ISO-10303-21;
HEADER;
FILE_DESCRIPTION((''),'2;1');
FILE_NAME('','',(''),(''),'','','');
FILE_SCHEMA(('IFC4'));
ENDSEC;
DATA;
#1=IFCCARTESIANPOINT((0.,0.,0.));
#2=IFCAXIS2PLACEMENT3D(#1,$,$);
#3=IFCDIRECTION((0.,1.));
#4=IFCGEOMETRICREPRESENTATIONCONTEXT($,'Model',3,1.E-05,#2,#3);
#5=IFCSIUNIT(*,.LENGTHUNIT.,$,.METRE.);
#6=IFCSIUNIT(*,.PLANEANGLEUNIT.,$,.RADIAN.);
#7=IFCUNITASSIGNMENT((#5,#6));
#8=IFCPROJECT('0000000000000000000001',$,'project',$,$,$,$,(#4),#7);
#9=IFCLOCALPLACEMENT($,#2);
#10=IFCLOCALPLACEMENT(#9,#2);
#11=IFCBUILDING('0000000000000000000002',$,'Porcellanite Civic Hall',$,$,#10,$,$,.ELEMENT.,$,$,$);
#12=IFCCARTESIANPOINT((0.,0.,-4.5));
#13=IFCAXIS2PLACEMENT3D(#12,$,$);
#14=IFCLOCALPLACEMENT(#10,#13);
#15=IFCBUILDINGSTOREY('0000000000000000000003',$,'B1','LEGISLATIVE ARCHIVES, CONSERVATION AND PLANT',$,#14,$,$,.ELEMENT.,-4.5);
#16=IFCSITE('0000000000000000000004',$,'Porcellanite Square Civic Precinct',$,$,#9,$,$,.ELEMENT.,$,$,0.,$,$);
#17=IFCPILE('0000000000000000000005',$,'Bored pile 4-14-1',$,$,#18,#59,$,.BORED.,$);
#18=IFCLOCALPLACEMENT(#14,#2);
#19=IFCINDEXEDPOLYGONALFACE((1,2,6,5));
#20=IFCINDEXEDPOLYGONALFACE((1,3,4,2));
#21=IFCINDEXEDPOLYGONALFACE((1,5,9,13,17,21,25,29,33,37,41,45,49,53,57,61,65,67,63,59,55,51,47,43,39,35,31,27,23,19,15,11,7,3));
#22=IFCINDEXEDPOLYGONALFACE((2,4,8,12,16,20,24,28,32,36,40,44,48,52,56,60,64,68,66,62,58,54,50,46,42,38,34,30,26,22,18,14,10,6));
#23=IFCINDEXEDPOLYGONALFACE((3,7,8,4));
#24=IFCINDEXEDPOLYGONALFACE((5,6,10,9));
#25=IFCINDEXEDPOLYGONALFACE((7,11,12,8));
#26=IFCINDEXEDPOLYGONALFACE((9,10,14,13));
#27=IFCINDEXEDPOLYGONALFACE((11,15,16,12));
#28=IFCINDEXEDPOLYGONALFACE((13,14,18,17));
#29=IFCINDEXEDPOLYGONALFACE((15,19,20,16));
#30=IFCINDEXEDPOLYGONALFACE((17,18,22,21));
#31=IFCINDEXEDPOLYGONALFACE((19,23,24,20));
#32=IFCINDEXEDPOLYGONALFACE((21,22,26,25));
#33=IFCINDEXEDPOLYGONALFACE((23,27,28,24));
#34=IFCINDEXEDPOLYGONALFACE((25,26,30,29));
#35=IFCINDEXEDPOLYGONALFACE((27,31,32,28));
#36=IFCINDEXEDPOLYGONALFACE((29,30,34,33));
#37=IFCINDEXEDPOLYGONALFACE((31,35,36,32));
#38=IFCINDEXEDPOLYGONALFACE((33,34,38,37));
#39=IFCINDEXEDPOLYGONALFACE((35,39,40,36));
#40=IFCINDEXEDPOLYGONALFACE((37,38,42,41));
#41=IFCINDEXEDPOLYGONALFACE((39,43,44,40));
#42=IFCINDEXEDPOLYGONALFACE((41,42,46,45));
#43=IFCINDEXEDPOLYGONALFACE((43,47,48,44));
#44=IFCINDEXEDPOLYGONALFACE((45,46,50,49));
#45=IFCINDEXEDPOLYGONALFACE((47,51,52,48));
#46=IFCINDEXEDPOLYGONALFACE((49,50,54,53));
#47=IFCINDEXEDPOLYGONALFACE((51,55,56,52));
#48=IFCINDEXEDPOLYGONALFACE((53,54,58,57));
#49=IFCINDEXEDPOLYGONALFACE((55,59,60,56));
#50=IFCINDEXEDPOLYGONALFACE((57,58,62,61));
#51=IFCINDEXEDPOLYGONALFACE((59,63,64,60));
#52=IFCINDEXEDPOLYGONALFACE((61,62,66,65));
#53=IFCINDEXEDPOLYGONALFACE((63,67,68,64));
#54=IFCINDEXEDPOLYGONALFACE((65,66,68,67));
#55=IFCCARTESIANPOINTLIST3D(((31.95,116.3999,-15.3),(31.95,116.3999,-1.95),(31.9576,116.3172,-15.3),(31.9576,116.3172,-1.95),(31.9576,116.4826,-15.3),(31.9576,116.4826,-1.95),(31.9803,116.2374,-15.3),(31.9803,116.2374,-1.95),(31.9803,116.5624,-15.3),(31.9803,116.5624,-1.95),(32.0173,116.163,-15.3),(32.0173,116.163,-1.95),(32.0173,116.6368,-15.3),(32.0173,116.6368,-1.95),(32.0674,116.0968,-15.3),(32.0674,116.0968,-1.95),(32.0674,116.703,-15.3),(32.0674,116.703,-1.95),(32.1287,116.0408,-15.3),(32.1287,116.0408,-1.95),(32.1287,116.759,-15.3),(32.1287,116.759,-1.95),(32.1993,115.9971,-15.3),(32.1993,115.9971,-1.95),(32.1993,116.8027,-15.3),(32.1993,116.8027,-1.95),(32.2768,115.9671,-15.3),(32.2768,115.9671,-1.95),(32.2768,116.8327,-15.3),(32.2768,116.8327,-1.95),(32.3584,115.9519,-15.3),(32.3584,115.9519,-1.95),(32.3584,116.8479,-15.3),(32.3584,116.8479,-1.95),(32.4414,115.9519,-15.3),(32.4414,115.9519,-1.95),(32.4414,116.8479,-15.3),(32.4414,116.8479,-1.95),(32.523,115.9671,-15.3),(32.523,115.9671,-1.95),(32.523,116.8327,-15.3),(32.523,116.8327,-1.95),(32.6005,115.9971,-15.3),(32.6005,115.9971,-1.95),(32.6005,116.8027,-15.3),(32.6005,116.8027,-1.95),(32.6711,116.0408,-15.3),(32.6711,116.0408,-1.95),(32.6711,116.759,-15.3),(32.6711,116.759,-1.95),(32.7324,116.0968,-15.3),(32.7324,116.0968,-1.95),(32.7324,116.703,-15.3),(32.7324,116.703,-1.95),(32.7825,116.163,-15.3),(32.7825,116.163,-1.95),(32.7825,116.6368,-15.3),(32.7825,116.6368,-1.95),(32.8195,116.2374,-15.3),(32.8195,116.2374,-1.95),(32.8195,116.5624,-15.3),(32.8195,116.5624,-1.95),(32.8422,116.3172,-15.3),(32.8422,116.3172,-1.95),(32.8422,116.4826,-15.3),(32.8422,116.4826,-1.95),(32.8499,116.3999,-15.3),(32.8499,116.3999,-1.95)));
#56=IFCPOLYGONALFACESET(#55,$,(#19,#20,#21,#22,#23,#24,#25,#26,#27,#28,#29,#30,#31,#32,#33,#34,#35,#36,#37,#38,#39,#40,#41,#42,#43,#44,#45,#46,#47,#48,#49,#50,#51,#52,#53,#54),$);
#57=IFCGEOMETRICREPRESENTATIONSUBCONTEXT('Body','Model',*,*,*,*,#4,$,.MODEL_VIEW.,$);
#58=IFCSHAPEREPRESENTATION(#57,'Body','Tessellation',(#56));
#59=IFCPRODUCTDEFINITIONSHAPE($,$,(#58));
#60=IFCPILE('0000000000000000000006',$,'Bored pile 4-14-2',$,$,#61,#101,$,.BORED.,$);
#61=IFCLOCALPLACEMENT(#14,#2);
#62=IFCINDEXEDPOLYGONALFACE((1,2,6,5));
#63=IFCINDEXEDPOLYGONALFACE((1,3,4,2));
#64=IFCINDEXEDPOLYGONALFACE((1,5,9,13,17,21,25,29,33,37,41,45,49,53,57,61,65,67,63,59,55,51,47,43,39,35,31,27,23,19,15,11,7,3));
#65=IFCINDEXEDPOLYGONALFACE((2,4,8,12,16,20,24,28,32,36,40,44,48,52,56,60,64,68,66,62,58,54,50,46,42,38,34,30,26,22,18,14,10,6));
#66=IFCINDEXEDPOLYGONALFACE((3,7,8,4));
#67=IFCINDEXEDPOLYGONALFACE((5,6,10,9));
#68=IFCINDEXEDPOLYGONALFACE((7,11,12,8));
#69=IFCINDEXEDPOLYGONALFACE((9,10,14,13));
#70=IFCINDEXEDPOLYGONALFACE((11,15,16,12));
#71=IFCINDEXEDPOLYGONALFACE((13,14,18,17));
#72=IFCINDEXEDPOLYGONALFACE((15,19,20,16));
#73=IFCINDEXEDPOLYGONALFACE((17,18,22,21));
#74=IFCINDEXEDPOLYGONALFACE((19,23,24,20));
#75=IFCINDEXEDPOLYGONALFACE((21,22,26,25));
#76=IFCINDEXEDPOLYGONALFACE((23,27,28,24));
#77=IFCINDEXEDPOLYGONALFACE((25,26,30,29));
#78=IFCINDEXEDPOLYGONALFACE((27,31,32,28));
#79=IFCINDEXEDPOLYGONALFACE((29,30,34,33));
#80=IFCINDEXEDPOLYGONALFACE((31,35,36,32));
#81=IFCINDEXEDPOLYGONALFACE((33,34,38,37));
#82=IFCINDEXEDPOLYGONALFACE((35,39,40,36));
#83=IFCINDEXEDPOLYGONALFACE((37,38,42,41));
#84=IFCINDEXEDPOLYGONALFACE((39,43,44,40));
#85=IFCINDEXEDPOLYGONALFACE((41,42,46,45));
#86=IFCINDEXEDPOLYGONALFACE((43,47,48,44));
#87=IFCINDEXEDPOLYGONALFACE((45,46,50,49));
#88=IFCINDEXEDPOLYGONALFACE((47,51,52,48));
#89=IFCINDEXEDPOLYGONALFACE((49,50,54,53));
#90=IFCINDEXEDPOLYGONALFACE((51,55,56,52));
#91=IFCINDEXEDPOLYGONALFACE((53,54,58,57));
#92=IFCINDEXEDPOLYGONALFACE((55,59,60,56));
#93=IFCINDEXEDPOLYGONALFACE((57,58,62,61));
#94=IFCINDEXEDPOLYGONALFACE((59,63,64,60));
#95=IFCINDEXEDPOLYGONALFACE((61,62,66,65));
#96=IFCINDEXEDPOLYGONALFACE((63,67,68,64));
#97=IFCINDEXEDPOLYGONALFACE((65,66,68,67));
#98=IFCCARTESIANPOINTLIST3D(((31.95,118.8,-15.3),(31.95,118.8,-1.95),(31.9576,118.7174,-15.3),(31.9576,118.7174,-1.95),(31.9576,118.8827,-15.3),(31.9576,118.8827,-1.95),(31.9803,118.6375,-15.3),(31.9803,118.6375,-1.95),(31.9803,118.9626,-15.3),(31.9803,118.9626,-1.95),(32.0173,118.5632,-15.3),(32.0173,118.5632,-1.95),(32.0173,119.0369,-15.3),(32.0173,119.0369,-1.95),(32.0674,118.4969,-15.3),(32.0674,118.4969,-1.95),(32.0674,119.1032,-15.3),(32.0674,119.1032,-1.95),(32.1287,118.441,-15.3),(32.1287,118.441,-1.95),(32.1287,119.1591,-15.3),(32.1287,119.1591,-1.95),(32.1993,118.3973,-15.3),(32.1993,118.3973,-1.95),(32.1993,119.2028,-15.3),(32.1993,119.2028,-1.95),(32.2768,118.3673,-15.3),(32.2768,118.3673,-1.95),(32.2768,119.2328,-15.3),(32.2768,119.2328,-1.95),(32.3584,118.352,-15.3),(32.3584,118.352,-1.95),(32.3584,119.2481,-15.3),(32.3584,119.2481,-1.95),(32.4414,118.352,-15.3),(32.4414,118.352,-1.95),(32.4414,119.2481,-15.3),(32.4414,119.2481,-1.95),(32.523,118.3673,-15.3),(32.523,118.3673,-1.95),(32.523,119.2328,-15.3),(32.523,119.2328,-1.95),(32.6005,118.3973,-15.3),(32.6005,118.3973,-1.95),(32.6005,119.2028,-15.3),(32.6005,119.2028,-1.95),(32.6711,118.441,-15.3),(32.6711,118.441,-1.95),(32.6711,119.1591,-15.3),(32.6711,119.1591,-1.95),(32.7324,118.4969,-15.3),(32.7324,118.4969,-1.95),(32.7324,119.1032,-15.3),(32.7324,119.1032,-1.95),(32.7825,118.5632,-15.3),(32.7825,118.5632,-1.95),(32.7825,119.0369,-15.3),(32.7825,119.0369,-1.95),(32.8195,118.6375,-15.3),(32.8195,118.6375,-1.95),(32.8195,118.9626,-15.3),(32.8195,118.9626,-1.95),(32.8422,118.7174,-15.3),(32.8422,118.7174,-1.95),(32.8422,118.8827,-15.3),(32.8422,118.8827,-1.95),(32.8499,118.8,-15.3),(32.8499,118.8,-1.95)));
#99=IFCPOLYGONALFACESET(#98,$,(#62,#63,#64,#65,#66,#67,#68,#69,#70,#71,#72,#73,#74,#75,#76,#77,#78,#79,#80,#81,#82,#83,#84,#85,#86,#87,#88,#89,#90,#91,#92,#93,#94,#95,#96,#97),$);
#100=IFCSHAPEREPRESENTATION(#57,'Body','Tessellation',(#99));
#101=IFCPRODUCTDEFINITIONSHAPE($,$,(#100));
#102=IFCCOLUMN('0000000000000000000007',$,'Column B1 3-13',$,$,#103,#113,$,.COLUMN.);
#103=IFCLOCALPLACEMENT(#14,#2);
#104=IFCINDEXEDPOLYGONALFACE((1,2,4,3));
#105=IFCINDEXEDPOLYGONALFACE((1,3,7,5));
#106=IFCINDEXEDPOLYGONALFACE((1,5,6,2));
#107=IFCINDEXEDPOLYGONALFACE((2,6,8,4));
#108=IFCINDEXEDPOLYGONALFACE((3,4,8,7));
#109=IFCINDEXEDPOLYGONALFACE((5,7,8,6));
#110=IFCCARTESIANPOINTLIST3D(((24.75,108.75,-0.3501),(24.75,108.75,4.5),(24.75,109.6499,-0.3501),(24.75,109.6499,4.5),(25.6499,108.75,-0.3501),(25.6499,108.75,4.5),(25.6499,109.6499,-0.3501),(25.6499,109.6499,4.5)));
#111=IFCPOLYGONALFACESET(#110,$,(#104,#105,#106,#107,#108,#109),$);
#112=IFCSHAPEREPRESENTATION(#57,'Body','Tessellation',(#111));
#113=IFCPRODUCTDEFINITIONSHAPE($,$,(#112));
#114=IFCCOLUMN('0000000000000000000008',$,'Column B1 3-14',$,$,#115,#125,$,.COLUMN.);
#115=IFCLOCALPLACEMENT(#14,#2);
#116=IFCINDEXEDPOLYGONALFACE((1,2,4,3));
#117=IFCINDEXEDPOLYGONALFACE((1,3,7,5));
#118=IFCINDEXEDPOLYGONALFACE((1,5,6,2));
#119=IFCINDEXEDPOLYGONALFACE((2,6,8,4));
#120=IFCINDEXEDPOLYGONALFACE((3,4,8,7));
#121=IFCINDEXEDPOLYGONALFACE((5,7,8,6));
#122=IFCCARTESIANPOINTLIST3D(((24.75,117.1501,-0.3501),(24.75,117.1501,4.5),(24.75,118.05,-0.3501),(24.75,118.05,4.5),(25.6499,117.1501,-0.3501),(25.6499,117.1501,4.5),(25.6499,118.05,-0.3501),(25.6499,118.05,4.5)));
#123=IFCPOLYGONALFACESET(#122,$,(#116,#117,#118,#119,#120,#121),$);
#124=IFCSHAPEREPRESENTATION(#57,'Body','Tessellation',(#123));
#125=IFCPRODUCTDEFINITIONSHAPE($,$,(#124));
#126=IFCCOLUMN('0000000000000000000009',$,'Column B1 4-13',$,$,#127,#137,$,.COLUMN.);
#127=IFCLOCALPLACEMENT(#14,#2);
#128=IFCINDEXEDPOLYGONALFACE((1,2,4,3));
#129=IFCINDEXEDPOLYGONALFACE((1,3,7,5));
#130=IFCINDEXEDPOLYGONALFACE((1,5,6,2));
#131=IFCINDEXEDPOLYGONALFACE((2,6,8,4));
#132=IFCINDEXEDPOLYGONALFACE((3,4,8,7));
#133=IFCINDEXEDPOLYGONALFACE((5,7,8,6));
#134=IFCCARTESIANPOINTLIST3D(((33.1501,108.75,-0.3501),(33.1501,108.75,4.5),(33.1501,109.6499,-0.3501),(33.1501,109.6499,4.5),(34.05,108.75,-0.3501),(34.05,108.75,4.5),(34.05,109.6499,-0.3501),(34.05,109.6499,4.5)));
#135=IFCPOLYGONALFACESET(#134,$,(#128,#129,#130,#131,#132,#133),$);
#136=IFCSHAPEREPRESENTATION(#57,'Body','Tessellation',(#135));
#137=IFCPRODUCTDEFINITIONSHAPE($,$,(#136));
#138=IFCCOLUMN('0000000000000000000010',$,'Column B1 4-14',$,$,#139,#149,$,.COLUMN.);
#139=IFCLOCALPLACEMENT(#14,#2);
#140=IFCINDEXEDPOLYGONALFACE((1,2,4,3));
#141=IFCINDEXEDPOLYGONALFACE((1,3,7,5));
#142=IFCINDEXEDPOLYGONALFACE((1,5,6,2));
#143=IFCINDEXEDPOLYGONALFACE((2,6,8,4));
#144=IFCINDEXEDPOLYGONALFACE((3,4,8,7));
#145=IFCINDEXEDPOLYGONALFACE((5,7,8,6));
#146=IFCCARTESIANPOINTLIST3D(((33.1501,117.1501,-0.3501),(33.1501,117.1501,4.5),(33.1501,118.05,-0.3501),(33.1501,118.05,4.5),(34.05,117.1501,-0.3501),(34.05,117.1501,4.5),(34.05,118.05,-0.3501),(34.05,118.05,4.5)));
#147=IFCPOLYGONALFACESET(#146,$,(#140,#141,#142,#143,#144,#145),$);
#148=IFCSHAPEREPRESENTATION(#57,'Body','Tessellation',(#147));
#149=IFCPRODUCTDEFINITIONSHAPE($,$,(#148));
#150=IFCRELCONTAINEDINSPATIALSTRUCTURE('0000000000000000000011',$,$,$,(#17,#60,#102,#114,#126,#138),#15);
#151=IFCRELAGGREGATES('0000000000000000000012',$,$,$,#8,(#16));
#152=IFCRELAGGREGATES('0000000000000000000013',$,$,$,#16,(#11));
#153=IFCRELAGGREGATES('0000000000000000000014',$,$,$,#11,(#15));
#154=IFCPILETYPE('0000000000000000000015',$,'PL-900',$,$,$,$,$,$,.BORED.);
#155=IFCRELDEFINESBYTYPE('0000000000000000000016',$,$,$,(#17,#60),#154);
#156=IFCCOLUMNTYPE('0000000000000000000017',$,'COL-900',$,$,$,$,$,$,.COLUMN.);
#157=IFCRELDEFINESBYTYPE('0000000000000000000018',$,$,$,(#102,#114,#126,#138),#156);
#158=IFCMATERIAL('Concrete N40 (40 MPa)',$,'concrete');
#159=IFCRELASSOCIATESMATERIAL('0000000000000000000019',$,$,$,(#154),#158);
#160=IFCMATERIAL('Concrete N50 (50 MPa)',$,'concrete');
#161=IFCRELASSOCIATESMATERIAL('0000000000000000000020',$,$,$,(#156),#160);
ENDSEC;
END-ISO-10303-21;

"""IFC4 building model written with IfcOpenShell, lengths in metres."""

from ifc_helpers import new_model, si_unit, direction, frame, origin, origin_2d, place, context, subcontext, project, spatial, rectangle, circle, extrude, material, material_profile, profile_set, type_object, element, save


model = new_model("IFC4")

# Units and contexts
model_context = context("Model", 3, precision=1e-05, world=origin(), true_north=direction((0.0, 1.0)))
body_context = subcontext(model_context, "Body", "Model", "MODEL_VIEW")
ifc_project = project(units=[si_unit("LENGTHUNIT", "METRE"), si_unit("PLANEANGLEUNIT", "RADIAN")], contexts=[model_context])

# Site, building, storey
site_placement = place(None, origin())
site = spatial("IfcSite", under=ifc_project, at=site_placement, Name="Porcellanite Square Civic Precinct", CompositionType="ELEMENT", RefElevation=0.0)
building_placement = place(site_placement, origin())
building = spatial("IfcBuilding", under=site, at=building_placement, Name="Porcellanite Civic Hall", CompositionType="ELEMENT")
storey_placement = place(building_placement, frame((0.0, 0.0, -4.5)))
storey = spatial("IfcBuildingStorey", under=building, at=storey_placement, Name="B1", Description="LEGISLATIVE ARCHIVES, CONSERVATION AND PLANT", CompositionType="ELEMENT", Elevation=-4.5)

# Piles
ifc_material_1 = material(Name="Concrete N40 (40 MPa)", Category="concrete")
ifc_material_profile_1 = material_profile(ifc_material_1, circle(Radius=0.45, at=origin_2d()), Name="PILE-D900")
ifc_profile_set_1 = profile_set([ifc_material_profile_1], Name="Concrete N40 (40 MPa)")
pile_type = type_object("IfcPileType", Name="PL-900", PredefinedType="BORED", material=ifc_profile_set_1)
for number, where, z_axis, x_axis, name in (
    (1, (32.3999, 116.3999, -1.95), (0.0, 0.0, -1.0), (1.0, 0.0, 0.0), "Bored pile 4-14-1"),
    (2, (32.3999, 118.8, -1.95), (0.0, 0.0, -1.0), (1.0, 0.0, 0.0), "Bored pile 4-14-2"),
):
    element("IfcPile", number, at=place(storey_placement, frame(where, z_axis=z_axis, x_axis=x_axis)), inside=storey, type_object=pile_type, Name=name, PredefinedType="BORED", context=body_context, shape_type="SweptSolid", body=[
        extrude(circle(Radius=0.45, at=origin_2d()), origin(), (0.0, 0.0, 1.0), 13.3501),
    ])

# Columns
ifc_material_2 = material(Name="Concrete N50 (50 MPa)", Category="concrete")
ifc_material_profile_2 = material_profile(ifc_material_2, rectangle(XDim=0.8999, YDim=0.8999, at=origin_2d()), Name="RC-900x900")
ifc_profile_set_2 = profile_set([ifc_material_profile_2], Name="Concrete N50 (50 MPa)")
column_type = type_object("IfcColumnType", Name="COL-900", PredefinedType="COLUMN", material=ifc_profile_set_2)
for number, where, z_axis, x_axis, name in (
    (3, (25.2, 109.2, -0.3501), (0.0, 0.0, 1.0), (1.0, 0.0, 0.0), "Column B1 3-13"),
    (4, (25.2, 117.6001, -0.3501), (0.0, 0.0, 1.0), (1.0, 0.0, 0.0), "Column B1 3-14"),
    (5, (33.6001, 109.2, -0.3501), (0.0, 0.0, 1.0), (1.0, 0.0, 0.0), "Column B1 4-13"),
    (6, (33.6001, 117.6001, -0.3501), (0.0, 0.0, 1.0), (1.0, 0.0, 0.0), "Column B1 4-14"),
):
    element("IfcColumn", number, at=place(storey_placement, frame(where, z_axis=z_axis, x_axis=x_axis)), inside=storey, type_object=column_type, Name=name, PredefinedType="COLUMN", context=body_context, shape_type="SweptSolid", body=[
        extrude(rectangle(XDim=0.8999, YDim=0.8999, at=origin_2d()), origin(), (0.0, 0.0, 1.0), 4.8501),
    ])

save(model, "model.ifc")
